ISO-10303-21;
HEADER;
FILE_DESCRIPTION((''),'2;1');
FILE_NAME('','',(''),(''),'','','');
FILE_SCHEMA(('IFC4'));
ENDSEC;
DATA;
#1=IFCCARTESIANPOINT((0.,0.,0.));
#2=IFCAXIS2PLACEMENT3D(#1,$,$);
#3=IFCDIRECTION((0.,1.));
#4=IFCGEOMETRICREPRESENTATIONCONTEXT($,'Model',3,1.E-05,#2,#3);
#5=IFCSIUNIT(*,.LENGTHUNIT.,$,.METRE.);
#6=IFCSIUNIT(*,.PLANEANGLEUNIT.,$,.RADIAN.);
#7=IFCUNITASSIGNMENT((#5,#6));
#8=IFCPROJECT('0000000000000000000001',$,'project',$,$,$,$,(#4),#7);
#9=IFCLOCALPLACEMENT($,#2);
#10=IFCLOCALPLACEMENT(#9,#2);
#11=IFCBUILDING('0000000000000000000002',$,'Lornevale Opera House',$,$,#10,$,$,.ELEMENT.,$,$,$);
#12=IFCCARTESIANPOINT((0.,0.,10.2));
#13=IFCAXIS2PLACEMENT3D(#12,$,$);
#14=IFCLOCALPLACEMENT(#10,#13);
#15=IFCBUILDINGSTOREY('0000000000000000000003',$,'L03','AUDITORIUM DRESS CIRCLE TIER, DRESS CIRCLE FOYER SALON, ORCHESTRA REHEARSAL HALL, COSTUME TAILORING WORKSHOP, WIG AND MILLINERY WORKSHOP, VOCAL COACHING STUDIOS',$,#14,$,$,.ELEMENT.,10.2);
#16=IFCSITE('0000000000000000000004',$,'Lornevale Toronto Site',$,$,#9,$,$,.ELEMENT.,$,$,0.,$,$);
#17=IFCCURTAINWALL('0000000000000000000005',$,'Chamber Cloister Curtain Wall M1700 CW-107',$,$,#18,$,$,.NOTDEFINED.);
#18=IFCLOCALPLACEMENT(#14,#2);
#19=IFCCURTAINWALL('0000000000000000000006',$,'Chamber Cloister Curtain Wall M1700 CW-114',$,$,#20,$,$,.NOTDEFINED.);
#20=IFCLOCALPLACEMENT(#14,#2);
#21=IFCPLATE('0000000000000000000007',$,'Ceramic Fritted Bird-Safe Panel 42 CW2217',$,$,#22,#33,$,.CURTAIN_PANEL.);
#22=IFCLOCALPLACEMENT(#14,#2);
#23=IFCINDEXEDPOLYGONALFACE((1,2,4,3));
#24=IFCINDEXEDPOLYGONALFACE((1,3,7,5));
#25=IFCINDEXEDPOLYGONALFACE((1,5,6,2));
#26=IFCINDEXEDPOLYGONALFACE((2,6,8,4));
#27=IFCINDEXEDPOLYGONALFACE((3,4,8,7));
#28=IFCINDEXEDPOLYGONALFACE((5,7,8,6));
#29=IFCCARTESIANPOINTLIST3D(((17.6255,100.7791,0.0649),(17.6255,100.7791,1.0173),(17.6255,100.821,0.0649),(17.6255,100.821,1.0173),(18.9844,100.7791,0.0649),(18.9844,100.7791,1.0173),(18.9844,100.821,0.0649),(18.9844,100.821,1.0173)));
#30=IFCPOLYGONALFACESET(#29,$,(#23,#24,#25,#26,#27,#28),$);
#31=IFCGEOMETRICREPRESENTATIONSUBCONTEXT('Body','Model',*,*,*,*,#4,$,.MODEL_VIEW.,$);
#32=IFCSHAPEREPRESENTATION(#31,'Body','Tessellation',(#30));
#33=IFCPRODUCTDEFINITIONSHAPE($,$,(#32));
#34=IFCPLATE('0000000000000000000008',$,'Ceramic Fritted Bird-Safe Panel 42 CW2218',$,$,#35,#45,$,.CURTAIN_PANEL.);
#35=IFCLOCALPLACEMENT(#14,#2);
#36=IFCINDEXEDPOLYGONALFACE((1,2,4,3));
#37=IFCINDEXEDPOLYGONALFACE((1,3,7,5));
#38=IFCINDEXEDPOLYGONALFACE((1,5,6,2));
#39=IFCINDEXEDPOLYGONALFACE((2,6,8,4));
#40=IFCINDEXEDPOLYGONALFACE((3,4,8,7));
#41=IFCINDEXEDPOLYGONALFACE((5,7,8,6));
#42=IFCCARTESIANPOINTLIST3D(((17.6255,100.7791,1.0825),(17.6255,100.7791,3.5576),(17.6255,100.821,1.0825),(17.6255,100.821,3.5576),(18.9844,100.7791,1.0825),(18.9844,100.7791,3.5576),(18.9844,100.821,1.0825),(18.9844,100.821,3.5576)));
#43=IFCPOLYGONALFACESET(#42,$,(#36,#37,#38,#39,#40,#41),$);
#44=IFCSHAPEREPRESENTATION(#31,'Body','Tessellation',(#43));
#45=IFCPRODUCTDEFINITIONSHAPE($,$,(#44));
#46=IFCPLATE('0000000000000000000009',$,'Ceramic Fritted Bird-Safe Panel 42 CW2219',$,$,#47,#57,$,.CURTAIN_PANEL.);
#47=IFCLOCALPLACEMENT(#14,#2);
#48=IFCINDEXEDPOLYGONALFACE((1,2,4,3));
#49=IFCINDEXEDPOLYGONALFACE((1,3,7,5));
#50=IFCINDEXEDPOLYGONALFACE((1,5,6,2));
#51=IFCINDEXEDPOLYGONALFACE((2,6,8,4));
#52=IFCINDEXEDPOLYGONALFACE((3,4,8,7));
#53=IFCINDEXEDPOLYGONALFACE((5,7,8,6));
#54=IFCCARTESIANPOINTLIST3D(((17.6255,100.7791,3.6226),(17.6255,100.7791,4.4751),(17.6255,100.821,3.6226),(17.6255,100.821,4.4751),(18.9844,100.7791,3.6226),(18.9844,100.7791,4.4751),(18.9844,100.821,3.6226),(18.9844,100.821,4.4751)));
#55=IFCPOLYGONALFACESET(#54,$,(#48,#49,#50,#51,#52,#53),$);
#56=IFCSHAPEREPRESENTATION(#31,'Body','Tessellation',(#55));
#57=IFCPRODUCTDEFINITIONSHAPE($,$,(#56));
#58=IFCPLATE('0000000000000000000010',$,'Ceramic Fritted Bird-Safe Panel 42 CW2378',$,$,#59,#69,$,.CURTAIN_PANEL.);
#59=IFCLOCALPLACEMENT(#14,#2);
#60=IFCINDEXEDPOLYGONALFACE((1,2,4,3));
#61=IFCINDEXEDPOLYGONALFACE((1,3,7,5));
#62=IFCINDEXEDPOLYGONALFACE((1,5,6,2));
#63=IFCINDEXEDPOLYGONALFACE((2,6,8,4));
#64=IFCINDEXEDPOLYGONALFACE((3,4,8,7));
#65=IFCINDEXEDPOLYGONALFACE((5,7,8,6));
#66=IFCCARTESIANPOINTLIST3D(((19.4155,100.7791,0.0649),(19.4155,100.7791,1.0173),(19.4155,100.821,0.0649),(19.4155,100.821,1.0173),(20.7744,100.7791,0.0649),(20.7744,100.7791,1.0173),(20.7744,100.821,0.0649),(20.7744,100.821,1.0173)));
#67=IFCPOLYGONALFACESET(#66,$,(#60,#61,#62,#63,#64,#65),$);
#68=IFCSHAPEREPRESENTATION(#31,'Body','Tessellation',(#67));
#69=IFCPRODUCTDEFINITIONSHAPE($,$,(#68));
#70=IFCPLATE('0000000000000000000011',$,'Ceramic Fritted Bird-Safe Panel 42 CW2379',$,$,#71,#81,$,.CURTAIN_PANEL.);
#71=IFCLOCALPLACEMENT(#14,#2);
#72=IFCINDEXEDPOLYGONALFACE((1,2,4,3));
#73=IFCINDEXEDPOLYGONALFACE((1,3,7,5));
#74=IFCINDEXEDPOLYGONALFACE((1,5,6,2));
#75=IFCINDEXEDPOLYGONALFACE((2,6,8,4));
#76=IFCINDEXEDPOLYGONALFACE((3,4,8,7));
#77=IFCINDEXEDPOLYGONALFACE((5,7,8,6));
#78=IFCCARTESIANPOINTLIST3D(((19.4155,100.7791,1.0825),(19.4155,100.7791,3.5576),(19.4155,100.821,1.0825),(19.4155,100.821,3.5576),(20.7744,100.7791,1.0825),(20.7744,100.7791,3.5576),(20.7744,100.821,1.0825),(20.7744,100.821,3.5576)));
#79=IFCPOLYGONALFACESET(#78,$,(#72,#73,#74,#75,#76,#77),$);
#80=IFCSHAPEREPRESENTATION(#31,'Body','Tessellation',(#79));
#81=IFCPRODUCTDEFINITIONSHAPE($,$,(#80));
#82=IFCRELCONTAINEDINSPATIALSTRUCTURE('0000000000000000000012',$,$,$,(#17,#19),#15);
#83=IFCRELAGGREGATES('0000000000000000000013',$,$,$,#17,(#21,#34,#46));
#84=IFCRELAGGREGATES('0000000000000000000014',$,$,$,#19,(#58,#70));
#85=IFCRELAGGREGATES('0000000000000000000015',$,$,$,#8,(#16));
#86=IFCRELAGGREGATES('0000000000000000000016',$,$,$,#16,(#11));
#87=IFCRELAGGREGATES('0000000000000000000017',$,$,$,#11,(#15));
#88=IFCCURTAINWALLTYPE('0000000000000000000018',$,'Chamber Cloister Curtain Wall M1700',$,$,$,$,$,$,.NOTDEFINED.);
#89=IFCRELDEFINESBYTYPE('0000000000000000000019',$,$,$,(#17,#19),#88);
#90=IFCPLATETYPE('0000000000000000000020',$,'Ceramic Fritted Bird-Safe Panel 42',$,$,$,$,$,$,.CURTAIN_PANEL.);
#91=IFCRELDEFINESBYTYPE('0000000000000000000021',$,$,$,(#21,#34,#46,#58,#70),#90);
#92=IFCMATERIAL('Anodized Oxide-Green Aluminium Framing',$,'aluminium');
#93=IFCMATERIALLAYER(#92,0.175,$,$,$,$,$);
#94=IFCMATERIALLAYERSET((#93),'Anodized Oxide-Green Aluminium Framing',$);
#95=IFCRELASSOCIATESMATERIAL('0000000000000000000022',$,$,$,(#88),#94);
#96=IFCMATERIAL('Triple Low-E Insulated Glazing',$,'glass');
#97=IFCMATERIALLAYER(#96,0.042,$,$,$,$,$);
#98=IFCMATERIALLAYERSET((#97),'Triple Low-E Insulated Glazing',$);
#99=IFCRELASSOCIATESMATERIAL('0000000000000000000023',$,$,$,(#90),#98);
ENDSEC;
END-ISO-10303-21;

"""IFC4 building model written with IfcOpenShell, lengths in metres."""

from ifc_helpers import new_model, si_unit, direction, frame, origin, origin_2d, place, context, subcontext, project, spatial, rectangle, extrude, material, layer, layer_set, type_object, element, aggregate, save


model = new_model("IFC4")

# Units and contexts
model_context = context("Model", 3, precision=1e-05, world=origin(), true_north=direction((0.0, 1.0)))
body_context = subcontext(model_context, "Body", "Model", "MODEL_VIEW")
ifc_project = project(units=[si_unit("LENGTHUNIT", "METRE"), si_unit("PLANEANGLEUNIT", "RADIAN")], contexts=[model_context])

# Site, building, storey
site_placement = place(None, origin())
site = spatial("IfcSite", under=ifc_project, at=site_placement, Name="Lornevale Toronto Site", CompositionType="ELEMENT", RefElevation=0.0)
building_placement = place(site_placement, origin())
building = spatial("IfcBuilding", under=site, at=building_placement, Name="Lornevale Opera House", CompositionType="ELEMENT")
storey_placement = place(building_placement, frame((0.0, 0.0, 10.2)))
storey = spatial("IfcBuildingStorey", under=building, at=storey_placement, Name="L03", Description="AUDITORIUM DRESS CIRCLE TIER, DRESS CIRCLE FOYER SALON, ORCHESTRA REHEARSAL HALL, COSTUME TAILORING WORKSHOP, WIG AND MILLINERY WORKSHOP, VOCAL COACHING STUDIOS", CompositionType="ELEMENT", Elevation=10.2)

# Shared definitions
ifc_material_1 = material(Name="Anodized Oxide-Green Aluminium Framing", Category="aluminium")
ifc_layer_1 = layer(ifc_material_1, 0.175)
ifc_layer_set_1 = layer_set([ifc_layer_1], Name="Anodized Oxide-Green Aluminium Framing")
curtain_wall_type = type_object("IfcCurtainWallType", Name="Chamber Cloister Curtain Wall M1700", PredefinedType="NOTDEFINED", material=ifc_layer_set_1)

# Curtain wall
curtain_wall_1_placement = place(storey_placement, origin())
curtain_wall_1 = element("IfcCurtainWall", 1, at=curtain_wall_1_placement, inside=storey, type_object=curtain_wall_type, Name="Chamber Cloister Curtain Wall M1700 CW-107", PredefinedType="NOTDEFINED")

# Curtain wall
curtain_wall_2_placement = place(storey_placement, origin())
curtain_wall_2 = element("IfcCurtainWall", 2, at=curtain_wall_2_placement, inside=storey, type_object=curtain_wall_type, Name="Chamber Cloister Curtain Wall M1700 CW-114", PredefinedType="NOTDEFINED")

# Plates
ifc_material_2 = material(Name="Triple Low-E Insulated Glazing", Category="glass")
ifc_layer_2 = layer(ifc_material_2, 0.042)
ifc_layer_set_2 = layer_set([ifc_layer_2], Name="Triple Low-E Insulated Glazing")
plate_type = type_object("IfcPlateType", Name="Ceramic Fritted Bird-Safe Panel 42", PredefinedType="CURTAIN_PANEL", material=ifc_layer_set_2)
plate_1_placement = place(storey_placement, frame((18.3049, 100.8, 0.0649), z_axis=(0.0, 0.0, 1.0), x_axis=(1.0, 0.0, 0.0)))
plate_1 = element("IfcPlate", 3, at=plate_1_placement, type_object=plate_type, Name="Ceramic Fritted Bird-Safe Panel 42 CW2217", PredefinedType="CURTAIN_PANEL", context=body_context, shape_type="SweptSolid", body=[
    extrude(rectangle(XDim=1.3589, YDim=0.042, at=origin_2d()), origin(), (0.0, 0.0, 1.0), 0.9524),
])
plate_2_placement = place(storey_placement, frame((18.3049, 100.8, 1.0825), z_axis=(0.0, 0.0, 1.0), x_axis=(1.0, 0.0, 0.0)))
plate_2 = element("IfcPlate", 4, at=plate_2_placement, type_object=plate_type, Name="Ceramic Fritted Bird-Safe Panel 42 CW2218", PredefinedType="CURTAIN_PANEL", context=body_context, shape_type="SweptSolid", body=[
    extrude(rectangle(XDim=1.3589, YDim=0.042, at=origin_2d()), origin(), (0.0, 0.0, 1.0), 2.4751),
])
plate_3_placement = place(storey_placement, frame((18.3049, 100.8, 3.6226), z_axis=(0.0, 0.0, 1.0), x_axis=(1.0, 0.0, 0.0)))
plate_3 = element("IfcPlate", 5, at=plate_3_placement, type_object=plate_type, Name="Ceramic Fritted Bird-Safe Panel 42 CW2219", PredefinedType="CURTAIN_PANEL", context=body_context, shape_type="SweptSolid", body=[
    extrude(rectangle(XDim=1.3589, YDim=0.042, at=origin_2d()), origin(), (0.0, 0.0, 1.0), 0.8525),
])
aggregate(curtain_wall_1, [plate_1, plate_2, plate_3])
plate_4_placement = place(storey_placement, frame((20.095, 100.8, 0.0649), z_axis=(0.0, 0.0, 1.0), x_axis=(1.0, 0.0, 0.0)))
plate_4 = element("IfcPlate", 6, at=plate_4_placement, type_object=plate_type, Name="Ceramic Fritted Bird-Safe Panel 42 CW2378", PredefinedType="CURTAIN_PANEL", context=body_context, shape_type="SweptSolid", body=[
    extrude(rectangle(XDim=1.3589, YDim=0.042, at=origin_2d()), origin(), (0.0, 0.0, 1.0), 0.9524),
])
plate_5_placement = place(storey_placement, frame((20.095, 100.8, 1.0825), z_axis=(0.0, 0.0, 1.0), x_axis=(1.0, 0.0, 0.0)))
plate_5 = element("IfcPlate", 7, at=plate_5_placement, type_object=plate_type, Name="Ceramic Fritted Bird-Safe Panel 42 CW2379", PredefinedType="CURTAIN_PANEL", context=body_context, shape_type="SweptSolid", body=[
    extrude(rectangle(XDim=1.3589, YDim=0.042, at=origin_2d()), origin(), (0.0, 0.0, 1.0), 2.4751),
])
aggregate(curtain_wall_2, [plate_4, plate_5])

save(model, "model.ifc")
